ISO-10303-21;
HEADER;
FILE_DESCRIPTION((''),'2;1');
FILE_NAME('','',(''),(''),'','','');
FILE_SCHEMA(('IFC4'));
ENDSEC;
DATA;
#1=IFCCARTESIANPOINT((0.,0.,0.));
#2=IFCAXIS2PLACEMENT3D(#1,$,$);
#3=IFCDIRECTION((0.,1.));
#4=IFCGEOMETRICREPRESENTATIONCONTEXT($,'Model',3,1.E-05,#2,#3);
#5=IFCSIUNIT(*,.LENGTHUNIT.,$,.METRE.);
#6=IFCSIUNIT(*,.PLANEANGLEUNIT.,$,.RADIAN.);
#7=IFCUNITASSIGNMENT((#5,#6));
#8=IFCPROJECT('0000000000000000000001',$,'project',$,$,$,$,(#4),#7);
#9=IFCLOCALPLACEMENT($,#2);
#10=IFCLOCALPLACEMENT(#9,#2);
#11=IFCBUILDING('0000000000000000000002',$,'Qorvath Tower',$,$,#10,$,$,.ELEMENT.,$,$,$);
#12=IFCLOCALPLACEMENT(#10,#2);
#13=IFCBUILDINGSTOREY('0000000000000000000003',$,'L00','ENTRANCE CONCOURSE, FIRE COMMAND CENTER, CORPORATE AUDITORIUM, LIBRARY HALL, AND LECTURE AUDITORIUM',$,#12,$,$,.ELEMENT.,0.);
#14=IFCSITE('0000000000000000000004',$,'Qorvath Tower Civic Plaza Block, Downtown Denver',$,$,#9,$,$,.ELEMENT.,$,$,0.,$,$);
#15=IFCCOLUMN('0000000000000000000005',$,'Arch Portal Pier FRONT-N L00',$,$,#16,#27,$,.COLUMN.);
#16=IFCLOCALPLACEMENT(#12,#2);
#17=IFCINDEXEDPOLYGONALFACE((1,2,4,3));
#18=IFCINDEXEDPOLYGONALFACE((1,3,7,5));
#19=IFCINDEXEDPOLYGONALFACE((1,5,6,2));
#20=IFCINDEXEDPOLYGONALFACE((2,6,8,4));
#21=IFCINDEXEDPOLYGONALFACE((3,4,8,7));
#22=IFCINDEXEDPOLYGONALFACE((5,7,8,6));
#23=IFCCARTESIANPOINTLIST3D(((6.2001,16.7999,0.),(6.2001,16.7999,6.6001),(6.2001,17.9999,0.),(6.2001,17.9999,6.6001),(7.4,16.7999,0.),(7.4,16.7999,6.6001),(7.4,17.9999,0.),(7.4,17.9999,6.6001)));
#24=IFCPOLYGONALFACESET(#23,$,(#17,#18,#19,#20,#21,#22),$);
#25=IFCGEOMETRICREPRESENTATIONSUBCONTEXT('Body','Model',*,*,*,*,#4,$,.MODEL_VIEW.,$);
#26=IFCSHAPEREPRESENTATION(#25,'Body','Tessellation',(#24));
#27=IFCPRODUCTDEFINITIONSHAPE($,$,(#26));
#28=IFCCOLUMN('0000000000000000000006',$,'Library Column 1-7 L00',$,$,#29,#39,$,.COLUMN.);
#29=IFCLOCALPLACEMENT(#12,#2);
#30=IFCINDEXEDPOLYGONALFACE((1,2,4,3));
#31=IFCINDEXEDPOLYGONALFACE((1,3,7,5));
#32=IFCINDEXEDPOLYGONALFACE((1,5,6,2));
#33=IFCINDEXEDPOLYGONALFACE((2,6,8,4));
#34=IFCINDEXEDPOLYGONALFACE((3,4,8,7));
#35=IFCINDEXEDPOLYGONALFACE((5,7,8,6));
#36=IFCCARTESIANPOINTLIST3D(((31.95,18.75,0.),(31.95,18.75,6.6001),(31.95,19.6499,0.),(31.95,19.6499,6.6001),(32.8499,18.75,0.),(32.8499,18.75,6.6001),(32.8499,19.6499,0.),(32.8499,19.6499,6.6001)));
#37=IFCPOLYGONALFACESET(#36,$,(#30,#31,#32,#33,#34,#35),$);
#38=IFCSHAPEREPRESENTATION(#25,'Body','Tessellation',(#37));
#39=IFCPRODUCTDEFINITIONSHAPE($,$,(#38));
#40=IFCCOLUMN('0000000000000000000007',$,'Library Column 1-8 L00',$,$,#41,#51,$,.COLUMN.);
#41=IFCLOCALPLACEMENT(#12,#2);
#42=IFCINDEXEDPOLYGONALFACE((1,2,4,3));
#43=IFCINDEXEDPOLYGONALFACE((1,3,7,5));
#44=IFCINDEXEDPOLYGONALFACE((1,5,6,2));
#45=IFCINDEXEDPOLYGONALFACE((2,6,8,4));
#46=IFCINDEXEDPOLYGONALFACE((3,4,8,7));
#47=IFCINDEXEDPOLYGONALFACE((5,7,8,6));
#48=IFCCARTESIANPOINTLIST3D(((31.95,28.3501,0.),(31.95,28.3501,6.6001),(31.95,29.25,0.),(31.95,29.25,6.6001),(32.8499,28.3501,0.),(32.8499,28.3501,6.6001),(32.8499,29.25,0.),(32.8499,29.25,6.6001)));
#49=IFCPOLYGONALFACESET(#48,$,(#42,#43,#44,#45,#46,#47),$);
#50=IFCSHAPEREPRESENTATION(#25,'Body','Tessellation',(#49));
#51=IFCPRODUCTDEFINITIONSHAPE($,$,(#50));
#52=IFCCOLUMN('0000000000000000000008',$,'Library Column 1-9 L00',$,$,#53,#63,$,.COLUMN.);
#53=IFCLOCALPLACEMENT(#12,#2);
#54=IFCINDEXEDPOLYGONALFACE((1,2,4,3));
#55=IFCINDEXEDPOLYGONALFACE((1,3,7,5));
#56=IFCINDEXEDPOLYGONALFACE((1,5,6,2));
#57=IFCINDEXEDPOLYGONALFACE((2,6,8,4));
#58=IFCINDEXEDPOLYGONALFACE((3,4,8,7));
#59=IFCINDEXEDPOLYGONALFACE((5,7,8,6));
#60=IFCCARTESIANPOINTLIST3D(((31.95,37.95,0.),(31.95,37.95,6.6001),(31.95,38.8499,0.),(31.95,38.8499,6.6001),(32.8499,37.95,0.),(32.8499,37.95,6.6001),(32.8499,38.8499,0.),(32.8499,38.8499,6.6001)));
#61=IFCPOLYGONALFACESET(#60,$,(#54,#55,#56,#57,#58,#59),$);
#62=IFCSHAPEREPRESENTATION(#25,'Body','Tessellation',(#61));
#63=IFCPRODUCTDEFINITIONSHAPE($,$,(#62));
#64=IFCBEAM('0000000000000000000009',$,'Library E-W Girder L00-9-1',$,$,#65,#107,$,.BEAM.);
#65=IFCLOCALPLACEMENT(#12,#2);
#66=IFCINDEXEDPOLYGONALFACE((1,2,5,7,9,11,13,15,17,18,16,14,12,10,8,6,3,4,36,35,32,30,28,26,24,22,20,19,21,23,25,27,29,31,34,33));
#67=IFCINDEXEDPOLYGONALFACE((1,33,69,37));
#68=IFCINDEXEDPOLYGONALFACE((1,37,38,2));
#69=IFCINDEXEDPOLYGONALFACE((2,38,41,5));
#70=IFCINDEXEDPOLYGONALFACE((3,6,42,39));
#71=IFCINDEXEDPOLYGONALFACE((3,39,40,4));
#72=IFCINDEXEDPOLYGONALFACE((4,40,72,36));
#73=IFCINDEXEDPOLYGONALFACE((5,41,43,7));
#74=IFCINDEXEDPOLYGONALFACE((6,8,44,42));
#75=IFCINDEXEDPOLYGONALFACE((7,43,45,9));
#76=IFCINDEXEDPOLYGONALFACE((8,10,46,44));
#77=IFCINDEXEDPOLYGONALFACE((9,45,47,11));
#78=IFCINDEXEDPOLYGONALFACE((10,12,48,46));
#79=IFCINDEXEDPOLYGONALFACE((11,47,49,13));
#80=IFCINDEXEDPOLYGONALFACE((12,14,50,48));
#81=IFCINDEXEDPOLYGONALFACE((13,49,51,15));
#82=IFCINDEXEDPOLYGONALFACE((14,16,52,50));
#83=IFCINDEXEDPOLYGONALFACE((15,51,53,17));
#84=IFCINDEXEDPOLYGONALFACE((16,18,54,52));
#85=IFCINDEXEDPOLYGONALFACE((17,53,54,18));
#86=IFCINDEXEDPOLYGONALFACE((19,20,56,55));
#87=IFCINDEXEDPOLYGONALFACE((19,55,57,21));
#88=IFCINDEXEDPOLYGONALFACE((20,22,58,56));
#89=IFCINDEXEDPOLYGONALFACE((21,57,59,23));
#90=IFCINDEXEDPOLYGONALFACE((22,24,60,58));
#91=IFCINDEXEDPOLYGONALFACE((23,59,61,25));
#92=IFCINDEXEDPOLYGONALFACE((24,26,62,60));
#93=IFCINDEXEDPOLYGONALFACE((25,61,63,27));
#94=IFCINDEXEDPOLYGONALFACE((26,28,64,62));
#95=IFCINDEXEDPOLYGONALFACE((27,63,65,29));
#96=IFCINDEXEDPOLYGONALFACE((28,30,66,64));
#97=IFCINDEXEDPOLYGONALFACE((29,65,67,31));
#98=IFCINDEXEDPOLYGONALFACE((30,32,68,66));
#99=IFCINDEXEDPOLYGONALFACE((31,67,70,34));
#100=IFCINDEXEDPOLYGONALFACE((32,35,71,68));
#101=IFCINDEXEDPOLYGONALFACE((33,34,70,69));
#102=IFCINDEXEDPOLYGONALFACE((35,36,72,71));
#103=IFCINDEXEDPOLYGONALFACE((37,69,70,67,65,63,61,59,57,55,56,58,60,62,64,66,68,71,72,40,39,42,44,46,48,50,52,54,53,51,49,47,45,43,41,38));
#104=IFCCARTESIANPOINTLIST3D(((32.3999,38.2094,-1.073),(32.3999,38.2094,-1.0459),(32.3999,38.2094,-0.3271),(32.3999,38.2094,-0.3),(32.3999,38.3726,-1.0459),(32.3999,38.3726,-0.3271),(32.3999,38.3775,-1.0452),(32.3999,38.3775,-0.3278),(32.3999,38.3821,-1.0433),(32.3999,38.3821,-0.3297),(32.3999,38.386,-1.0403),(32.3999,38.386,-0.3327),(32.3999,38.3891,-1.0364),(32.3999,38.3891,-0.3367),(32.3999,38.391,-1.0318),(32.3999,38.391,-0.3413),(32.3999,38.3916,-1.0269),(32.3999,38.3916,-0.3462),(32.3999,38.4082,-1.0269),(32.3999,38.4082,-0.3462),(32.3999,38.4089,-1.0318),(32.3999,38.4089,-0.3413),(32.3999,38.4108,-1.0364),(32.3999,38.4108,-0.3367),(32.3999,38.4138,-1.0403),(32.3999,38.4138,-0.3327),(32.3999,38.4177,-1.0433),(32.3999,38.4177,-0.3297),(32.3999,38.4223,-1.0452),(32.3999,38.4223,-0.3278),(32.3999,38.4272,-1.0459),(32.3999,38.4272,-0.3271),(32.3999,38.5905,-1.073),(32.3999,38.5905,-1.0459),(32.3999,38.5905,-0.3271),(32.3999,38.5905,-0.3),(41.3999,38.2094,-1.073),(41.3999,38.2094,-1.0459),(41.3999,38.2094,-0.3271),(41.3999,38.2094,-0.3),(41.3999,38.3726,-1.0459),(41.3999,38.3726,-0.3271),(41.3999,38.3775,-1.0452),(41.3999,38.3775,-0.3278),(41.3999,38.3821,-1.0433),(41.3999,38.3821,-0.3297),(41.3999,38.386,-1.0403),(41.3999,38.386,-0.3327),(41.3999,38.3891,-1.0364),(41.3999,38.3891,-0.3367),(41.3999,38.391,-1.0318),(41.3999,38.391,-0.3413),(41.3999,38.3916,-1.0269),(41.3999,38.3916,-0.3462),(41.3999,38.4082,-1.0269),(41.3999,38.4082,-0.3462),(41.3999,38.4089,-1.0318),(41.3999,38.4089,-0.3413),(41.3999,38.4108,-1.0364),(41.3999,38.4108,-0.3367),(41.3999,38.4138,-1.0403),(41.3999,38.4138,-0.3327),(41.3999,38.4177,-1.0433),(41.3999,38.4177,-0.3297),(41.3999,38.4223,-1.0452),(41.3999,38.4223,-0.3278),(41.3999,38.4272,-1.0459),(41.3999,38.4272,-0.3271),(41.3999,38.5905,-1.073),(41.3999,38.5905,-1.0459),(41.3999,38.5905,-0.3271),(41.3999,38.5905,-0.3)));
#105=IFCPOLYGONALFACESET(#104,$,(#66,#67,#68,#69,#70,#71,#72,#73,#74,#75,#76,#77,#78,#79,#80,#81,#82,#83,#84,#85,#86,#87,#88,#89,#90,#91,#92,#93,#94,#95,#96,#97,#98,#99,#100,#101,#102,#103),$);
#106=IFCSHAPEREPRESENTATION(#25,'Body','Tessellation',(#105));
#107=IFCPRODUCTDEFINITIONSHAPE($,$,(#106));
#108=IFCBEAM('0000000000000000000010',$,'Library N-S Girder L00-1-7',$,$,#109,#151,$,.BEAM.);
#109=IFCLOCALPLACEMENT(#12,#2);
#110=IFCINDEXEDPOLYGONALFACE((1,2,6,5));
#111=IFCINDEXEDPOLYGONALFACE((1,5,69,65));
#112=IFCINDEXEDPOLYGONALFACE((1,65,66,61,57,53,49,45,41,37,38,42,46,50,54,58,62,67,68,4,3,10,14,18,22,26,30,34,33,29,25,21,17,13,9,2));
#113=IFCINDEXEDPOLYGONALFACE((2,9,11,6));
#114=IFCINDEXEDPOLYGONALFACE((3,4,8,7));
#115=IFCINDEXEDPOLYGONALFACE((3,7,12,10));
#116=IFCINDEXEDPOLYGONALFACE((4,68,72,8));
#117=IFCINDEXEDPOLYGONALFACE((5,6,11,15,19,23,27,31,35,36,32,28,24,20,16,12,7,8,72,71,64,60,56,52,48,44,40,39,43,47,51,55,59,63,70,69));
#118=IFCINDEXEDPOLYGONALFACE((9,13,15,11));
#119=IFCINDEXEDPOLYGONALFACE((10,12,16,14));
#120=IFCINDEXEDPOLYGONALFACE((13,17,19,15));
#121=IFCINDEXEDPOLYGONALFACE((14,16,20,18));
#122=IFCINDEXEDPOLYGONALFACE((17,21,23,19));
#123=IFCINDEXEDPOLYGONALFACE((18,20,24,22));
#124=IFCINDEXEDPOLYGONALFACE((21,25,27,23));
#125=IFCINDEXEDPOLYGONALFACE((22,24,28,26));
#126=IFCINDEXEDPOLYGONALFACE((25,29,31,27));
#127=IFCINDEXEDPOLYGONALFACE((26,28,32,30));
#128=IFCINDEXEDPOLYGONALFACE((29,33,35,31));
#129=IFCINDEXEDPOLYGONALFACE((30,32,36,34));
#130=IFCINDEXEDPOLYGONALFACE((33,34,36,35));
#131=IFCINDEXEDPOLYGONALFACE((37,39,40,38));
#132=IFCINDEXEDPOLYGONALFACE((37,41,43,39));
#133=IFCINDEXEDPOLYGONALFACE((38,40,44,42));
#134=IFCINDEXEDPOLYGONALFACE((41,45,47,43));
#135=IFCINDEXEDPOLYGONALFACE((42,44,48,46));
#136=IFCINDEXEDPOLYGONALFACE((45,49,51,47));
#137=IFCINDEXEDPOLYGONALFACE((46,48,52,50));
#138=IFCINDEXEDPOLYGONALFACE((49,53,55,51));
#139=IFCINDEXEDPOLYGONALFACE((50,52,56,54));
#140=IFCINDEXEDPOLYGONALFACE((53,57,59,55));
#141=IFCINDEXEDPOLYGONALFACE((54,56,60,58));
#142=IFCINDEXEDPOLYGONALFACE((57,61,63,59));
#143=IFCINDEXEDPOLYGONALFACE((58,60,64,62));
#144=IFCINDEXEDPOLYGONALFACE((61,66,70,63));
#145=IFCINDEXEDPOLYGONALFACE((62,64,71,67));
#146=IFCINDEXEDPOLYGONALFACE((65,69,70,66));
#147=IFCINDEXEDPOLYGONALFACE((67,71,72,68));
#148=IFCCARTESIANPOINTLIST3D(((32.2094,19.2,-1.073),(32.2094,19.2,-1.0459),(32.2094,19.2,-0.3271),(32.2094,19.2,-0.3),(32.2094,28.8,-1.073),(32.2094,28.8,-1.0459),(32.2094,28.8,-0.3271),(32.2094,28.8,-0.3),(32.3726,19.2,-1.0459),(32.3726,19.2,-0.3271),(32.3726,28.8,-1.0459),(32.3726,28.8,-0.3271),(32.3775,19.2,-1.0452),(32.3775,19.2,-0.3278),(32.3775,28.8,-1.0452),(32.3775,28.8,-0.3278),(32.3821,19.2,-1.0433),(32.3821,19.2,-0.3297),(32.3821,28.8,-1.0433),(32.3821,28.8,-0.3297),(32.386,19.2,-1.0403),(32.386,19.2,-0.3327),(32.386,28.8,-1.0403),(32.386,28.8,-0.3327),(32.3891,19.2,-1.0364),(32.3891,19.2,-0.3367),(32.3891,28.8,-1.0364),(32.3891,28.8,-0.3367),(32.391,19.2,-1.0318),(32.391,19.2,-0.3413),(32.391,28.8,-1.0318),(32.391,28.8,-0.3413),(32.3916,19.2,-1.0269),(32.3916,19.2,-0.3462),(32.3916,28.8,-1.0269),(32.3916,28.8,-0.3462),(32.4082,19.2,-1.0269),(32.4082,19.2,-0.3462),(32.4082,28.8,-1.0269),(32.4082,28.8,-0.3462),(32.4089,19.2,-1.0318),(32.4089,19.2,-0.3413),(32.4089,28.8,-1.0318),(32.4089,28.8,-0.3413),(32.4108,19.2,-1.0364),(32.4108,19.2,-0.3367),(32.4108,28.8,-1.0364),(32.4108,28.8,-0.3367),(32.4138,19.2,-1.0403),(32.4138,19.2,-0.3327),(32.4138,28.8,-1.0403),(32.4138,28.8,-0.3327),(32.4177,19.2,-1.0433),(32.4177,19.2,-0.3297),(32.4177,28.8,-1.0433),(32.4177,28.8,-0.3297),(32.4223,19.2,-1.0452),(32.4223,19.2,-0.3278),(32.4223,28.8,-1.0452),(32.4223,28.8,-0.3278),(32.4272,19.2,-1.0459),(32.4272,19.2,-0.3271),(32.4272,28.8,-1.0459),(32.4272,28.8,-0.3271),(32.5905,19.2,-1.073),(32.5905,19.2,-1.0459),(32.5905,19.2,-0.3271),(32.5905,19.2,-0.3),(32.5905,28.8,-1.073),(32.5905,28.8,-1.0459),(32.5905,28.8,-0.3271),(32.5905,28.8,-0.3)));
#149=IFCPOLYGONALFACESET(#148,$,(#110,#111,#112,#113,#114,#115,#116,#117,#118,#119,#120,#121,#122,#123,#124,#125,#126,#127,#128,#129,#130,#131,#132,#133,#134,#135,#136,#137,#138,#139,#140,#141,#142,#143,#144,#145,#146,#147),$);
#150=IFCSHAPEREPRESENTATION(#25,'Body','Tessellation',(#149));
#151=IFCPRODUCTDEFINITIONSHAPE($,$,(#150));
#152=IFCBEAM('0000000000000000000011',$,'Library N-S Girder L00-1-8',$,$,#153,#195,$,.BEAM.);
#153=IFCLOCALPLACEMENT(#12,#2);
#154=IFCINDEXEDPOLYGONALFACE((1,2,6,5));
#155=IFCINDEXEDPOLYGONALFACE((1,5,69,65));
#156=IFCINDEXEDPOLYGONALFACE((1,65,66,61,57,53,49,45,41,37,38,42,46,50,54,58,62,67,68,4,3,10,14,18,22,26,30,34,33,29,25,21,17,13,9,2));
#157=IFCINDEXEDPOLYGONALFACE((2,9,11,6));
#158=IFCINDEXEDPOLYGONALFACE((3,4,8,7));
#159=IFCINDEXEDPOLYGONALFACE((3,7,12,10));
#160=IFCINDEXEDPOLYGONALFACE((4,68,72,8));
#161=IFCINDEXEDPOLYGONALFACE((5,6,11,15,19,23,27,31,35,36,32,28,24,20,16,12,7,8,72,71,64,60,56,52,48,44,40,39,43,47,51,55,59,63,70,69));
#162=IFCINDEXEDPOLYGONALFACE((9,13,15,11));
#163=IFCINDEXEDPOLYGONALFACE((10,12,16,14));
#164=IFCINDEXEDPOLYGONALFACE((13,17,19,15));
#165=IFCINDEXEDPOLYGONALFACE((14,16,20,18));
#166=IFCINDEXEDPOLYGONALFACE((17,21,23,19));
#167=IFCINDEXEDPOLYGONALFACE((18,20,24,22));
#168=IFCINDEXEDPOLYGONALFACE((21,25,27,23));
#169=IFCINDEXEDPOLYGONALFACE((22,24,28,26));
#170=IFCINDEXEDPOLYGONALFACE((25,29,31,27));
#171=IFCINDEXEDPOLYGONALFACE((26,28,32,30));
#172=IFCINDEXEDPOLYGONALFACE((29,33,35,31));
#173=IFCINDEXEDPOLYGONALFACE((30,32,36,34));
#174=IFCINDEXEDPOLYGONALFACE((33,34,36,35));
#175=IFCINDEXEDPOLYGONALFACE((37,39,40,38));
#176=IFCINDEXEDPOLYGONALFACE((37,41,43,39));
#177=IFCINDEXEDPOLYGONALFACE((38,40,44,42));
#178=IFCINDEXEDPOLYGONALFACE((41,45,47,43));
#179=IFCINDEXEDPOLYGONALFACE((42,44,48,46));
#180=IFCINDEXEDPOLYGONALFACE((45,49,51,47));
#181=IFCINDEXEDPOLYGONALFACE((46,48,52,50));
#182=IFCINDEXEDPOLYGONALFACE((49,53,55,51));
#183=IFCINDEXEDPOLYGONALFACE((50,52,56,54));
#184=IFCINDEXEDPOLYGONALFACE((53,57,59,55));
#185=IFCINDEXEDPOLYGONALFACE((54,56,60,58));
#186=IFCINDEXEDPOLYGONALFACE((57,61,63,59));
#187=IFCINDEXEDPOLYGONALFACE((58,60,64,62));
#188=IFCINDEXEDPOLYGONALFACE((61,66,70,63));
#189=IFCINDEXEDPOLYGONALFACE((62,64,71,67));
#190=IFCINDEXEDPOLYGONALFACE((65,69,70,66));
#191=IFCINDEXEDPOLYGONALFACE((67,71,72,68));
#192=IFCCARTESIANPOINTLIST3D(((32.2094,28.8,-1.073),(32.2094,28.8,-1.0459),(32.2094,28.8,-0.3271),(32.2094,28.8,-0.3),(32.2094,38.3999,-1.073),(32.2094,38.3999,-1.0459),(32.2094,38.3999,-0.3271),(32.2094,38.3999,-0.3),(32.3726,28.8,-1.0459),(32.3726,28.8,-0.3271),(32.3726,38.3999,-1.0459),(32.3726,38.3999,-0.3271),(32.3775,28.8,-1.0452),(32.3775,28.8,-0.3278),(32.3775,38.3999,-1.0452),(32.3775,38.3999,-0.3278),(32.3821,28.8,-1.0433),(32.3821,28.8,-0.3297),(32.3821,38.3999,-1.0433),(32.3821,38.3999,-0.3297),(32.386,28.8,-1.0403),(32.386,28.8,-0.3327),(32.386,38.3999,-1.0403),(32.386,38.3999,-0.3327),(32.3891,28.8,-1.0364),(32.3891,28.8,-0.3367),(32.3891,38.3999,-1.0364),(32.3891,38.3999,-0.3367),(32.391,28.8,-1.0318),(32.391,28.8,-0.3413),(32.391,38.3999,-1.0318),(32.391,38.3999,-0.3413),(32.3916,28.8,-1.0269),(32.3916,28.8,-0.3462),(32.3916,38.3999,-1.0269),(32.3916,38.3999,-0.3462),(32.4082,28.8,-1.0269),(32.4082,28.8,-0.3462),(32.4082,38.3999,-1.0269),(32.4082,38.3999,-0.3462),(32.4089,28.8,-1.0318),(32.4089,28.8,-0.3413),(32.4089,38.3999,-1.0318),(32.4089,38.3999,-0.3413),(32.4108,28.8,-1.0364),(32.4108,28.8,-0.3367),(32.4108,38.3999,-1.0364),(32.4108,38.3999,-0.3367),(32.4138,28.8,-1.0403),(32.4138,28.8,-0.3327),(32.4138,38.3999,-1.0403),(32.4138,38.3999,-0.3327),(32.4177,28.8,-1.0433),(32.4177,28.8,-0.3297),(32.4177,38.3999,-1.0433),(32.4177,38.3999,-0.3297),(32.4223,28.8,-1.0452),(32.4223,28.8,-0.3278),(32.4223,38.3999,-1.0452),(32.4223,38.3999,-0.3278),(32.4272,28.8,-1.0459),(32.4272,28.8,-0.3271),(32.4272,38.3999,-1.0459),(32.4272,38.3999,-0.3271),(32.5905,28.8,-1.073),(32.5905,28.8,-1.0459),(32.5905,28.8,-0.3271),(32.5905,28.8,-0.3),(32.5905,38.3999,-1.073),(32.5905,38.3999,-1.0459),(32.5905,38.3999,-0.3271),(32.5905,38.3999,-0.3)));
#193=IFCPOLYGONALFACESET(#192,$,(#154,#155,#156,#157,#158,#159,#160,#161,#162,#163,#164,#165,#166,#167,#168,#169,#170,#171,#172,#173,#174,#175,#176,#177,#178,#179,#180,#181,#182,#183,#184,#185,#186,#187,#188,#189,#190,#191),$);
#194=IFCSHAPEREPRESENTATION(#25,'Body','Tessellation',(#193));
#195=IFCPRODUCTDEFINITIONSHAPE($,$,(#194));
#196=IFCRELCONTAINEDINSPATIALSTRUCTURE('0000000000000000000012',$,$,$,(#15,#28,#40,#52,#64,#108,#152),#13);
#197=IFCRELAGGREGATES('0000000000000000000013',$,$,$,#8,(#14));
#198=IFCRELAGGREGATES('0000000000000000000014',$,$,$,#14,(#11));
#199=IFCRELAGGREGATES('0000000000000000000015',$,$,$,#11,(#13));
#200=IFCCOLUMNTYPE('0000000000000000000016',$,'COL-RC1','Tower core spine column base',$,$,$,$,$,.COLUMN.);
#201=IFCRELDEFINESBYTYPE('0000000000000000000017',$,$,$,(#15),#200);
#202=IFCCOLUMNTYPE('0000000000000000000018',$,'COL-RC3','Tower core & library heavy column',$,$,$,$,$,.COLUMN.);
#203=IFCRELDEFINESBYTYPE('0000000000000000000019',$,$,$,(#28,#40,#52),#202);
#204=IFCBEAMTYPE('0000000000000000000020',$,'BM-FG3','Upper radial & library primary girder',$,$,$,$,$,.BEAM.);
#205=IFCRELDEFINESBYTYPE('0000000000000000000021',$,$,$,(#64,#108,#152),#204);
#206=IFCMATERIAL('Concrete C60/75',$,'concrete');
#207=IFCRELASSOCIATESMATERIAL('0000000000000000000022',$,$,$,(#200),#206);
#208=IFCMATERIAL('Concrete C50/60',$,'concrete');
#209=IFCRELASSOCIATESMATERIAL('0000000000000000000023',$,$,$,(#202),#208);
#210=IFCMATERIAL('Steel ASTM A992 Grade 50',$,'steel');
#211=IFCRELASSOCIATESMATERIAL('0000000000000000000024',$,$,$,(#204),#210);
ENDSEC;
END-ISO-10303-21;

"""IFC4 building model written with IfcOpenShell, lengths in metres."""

from ifc_helpers import new_model, si_unit, direction, frame, origin, origin_2d, place, context, subcontext, project, spatial, rectangle, i_section, extrude, material, material_profile, profile_set, type_object, element, save


model = new_model("IFC4")

# Units and contexts
model_context = context("Model", 3, precision=1e-05, world=origin(), true_north=direction((0.0, 1.0)))
body_context = subcontext(model_context, "Body", "Model", "MODEL_VIEW")
ifc_project = project(units=[si_unit("LENGTHUNIT", "METRE"), si_unit("PLANEANGLEUNIT", "RADIAN")], contexts=[model_context])

# Site, building, storey
site_placement = place(None, origin())
site = spatial("IfcSite", under=ifc_project, at=site_placement, Name="Qorvath Tower Civic Plaza Block, Downtown Denver", CompositionType="ELEMENT", RefElevation=0.0)
building_placement = place(site_placement, origin())
building = spatial("IfcBuilding", under=site, at=building_placement, Name="Qorvath Tower", CompositionType="ELEMENT")
storey_placement = place(building_placement, origin())
storey = spatial("IfcBuildingStorey", under=building, at=storey_placement, Name="L00", Description="ENTRANCE CONCOURSE, FIRE COMMAND CENTER, CORPORATE AUDITORIUM, LIBRARY HALL, AND LECTURE AUDITORIUM", CompositionType="ELEMENT", Elevation=0.0)

# Columns
ifc_material_1 = material(Name="Concrete C60/75", Category="concrete")
ifc_material_profile_1 = material_profile(ifc_material_1, rectangle(XDim=1.2, YDim=1.2, at=origin_2d()), Name="RC 1200x1200")
ifc_profile_set_1 = profile_set([ifc_material_profile_1], Name="Concrete C60/75")
column_type_1 = type_object("IfcColumnType", Name="COL-RC1", Description="Tower core spine column base", PredefinedType="COLUMN", material=ifc_profile_set_1)
column_placement = place(storey_placement, frame((6.8, 17.3999, 0.0), z_axis=(0.0, 0.0, 1.0), x_axis=(1.0, 0.0, 0.0)))
element("IfcColumn", 1, at=column_placement, inside=storey, type_object=column_type_1, Name="Arch Portal Pier FRONT-N L00", PredefinedType="COLUMN", context=body_context, shape_type="SweptSolid", body=[
    extrude(rectangle(XDim=1.2, YDim=1.2, at=origin_2d()), origin(), (0.0, 0.0, 1.0), 6.6001),
])
ifc_material_2 = material(Name="Concrete C50/60", Category="concrete")
ifc_material_profile_2 = material_profile(ifc_material_2, rectangle(XDim=0.8999, YDim=0.8999, at=origin_2d()), Name="RC 900x900")
ifc_profile_set_2 = profile_set([ifc_material_profile_2], Name="Concrete C50/60")
column_type_2 = type_object("IfcColumnType", Name="COL-RC3", Description="Tower core & library heavy column", PredefinedType="COLUMN", material=ifc_profile_set_2)
for number, where, z_axis, x_axis, name in (
    (2, (32.3999, 19.2, 0.0), (0.0, 0.0, 1.0), (1.0, 0.0, 0.0), "Library Column 1-7 L00"),
    (3, (32.3999, 28.8, 0.0), (0.0, 0.0, 1.0), (1.0, 0.0, 0.0), "Library Column 1-8 L00"),
    (4, (32.3999, 38.3999, 0.0), (0.0, 0.0, 1.0), (1.0, 0.0, 0.0), "Library Column 1-9 L00"),
):
    element("IfcColumn", number, at=place(storey_placement, frame(where, z_axis=z_axis, x_axis=x_axis)), inside=storey, type_object=column_type_2, Name=name, PredefinedType="COLUMN", context=body_context, shape_type="SweptSolid", body=[
        extrude(rectangle(XDim=0.8999, YDim=0.8999, at=origin_2d()), origin(), (0.0, 0.0, 1.0), 6.6001),
    ])

# Beams
ifc_material_3 = material(Name="Steel ASTM A992 Grade 50", Category="steel")
ifc_material_profile_3 = material_profile(ifc_material_3, i_section(OverallWidth=0.3811, OverallDepth=0.7729, WebThickness=0.0166, FlangeThickness=0.0271, FilletRadius=0.019, at=origin_2d()), Name="W30x173")
ifc_profile_set_3 = profile_set([ifc_material_profile_3], Name="Steel ASTM A992 Grade 50")
beam_type_1 = type_object("IfcBeamType", Name="BM-FG3", Description="Upper radial & library primary girder", PredefinedType="BEAM", material=ifc_profile_set_3)
beam_1_placement = place(storey_placement, frame((32.3999, 38.3999, -0.6865), z_axis=(1.0, 0.0, 0.0), x_axis=(0.0, 1.0, 0.0)))
element("IfcBeam", 5, at=beam_1_placement, inside=storey, type_object=beam_type_1, Name="Library E-W Girder L00-9-1", PredefinedType="BEAM", context=body_context, shape_type="SweptSolid", body=[
    extrude(i_section(OverallWidth=0.3811, OverallDepth=0.7729, WebThickness=0.0166, FlangeThickness=0.0271, FilletRadius=0.019, at=origin_2d()), origin(), (0.0, 0.0, 1.0), 9.0),
])
beam_2_placement = place(storey_placement, frame((32.3999, 19.2, -0.6865), z_axis=(0.0, 1.0, 0.0), x_axis=(-1.0, 0.0, 0.0)))
element("IfcBeam", 6, at=beam_2_placement, inside=storey, type_object=beam_type_1, Name="Library N-S Girder L00-1-7", PredefinedType="BEAM", context=body_context, shape_type="SweptSolid", body=[
    extrude(i_section(OverallWidth=0.3811, OverallDepth=0.7729, WebThickness=0.0166, FlangeThickness=0.0271, FilletRadius=0.019, at=origin_2d()), origin(), (0.0, 0.0, 1.0), 9.6001),
])
beam_3_placement = place(storey_placement, frame((32.3999, 28.8, -0.6865), z_axis=(0.0, 1.0, 0.0), x_axis=(-1.0, 0.0, 0.0)))
element("IfcBeam", 7, at=beam_3_placement, inside=storey, type_object=beam_type_1, Name="Library N-S Girder L00-1-8", PredefinedType="BEAM", context=body_context, shape_type="SweptSolid", body=[
    extrude(i_section(OverallWidth=0.3811, OverallDepth=0.7729, WebThickness=0.0166, FlangeThickness=0.0271, FilletRadius=0.019, at=origin_2d()), origin(), (0.0, 0.0, 1.0), 9.5999),
])

save(model, "model.ifc")
